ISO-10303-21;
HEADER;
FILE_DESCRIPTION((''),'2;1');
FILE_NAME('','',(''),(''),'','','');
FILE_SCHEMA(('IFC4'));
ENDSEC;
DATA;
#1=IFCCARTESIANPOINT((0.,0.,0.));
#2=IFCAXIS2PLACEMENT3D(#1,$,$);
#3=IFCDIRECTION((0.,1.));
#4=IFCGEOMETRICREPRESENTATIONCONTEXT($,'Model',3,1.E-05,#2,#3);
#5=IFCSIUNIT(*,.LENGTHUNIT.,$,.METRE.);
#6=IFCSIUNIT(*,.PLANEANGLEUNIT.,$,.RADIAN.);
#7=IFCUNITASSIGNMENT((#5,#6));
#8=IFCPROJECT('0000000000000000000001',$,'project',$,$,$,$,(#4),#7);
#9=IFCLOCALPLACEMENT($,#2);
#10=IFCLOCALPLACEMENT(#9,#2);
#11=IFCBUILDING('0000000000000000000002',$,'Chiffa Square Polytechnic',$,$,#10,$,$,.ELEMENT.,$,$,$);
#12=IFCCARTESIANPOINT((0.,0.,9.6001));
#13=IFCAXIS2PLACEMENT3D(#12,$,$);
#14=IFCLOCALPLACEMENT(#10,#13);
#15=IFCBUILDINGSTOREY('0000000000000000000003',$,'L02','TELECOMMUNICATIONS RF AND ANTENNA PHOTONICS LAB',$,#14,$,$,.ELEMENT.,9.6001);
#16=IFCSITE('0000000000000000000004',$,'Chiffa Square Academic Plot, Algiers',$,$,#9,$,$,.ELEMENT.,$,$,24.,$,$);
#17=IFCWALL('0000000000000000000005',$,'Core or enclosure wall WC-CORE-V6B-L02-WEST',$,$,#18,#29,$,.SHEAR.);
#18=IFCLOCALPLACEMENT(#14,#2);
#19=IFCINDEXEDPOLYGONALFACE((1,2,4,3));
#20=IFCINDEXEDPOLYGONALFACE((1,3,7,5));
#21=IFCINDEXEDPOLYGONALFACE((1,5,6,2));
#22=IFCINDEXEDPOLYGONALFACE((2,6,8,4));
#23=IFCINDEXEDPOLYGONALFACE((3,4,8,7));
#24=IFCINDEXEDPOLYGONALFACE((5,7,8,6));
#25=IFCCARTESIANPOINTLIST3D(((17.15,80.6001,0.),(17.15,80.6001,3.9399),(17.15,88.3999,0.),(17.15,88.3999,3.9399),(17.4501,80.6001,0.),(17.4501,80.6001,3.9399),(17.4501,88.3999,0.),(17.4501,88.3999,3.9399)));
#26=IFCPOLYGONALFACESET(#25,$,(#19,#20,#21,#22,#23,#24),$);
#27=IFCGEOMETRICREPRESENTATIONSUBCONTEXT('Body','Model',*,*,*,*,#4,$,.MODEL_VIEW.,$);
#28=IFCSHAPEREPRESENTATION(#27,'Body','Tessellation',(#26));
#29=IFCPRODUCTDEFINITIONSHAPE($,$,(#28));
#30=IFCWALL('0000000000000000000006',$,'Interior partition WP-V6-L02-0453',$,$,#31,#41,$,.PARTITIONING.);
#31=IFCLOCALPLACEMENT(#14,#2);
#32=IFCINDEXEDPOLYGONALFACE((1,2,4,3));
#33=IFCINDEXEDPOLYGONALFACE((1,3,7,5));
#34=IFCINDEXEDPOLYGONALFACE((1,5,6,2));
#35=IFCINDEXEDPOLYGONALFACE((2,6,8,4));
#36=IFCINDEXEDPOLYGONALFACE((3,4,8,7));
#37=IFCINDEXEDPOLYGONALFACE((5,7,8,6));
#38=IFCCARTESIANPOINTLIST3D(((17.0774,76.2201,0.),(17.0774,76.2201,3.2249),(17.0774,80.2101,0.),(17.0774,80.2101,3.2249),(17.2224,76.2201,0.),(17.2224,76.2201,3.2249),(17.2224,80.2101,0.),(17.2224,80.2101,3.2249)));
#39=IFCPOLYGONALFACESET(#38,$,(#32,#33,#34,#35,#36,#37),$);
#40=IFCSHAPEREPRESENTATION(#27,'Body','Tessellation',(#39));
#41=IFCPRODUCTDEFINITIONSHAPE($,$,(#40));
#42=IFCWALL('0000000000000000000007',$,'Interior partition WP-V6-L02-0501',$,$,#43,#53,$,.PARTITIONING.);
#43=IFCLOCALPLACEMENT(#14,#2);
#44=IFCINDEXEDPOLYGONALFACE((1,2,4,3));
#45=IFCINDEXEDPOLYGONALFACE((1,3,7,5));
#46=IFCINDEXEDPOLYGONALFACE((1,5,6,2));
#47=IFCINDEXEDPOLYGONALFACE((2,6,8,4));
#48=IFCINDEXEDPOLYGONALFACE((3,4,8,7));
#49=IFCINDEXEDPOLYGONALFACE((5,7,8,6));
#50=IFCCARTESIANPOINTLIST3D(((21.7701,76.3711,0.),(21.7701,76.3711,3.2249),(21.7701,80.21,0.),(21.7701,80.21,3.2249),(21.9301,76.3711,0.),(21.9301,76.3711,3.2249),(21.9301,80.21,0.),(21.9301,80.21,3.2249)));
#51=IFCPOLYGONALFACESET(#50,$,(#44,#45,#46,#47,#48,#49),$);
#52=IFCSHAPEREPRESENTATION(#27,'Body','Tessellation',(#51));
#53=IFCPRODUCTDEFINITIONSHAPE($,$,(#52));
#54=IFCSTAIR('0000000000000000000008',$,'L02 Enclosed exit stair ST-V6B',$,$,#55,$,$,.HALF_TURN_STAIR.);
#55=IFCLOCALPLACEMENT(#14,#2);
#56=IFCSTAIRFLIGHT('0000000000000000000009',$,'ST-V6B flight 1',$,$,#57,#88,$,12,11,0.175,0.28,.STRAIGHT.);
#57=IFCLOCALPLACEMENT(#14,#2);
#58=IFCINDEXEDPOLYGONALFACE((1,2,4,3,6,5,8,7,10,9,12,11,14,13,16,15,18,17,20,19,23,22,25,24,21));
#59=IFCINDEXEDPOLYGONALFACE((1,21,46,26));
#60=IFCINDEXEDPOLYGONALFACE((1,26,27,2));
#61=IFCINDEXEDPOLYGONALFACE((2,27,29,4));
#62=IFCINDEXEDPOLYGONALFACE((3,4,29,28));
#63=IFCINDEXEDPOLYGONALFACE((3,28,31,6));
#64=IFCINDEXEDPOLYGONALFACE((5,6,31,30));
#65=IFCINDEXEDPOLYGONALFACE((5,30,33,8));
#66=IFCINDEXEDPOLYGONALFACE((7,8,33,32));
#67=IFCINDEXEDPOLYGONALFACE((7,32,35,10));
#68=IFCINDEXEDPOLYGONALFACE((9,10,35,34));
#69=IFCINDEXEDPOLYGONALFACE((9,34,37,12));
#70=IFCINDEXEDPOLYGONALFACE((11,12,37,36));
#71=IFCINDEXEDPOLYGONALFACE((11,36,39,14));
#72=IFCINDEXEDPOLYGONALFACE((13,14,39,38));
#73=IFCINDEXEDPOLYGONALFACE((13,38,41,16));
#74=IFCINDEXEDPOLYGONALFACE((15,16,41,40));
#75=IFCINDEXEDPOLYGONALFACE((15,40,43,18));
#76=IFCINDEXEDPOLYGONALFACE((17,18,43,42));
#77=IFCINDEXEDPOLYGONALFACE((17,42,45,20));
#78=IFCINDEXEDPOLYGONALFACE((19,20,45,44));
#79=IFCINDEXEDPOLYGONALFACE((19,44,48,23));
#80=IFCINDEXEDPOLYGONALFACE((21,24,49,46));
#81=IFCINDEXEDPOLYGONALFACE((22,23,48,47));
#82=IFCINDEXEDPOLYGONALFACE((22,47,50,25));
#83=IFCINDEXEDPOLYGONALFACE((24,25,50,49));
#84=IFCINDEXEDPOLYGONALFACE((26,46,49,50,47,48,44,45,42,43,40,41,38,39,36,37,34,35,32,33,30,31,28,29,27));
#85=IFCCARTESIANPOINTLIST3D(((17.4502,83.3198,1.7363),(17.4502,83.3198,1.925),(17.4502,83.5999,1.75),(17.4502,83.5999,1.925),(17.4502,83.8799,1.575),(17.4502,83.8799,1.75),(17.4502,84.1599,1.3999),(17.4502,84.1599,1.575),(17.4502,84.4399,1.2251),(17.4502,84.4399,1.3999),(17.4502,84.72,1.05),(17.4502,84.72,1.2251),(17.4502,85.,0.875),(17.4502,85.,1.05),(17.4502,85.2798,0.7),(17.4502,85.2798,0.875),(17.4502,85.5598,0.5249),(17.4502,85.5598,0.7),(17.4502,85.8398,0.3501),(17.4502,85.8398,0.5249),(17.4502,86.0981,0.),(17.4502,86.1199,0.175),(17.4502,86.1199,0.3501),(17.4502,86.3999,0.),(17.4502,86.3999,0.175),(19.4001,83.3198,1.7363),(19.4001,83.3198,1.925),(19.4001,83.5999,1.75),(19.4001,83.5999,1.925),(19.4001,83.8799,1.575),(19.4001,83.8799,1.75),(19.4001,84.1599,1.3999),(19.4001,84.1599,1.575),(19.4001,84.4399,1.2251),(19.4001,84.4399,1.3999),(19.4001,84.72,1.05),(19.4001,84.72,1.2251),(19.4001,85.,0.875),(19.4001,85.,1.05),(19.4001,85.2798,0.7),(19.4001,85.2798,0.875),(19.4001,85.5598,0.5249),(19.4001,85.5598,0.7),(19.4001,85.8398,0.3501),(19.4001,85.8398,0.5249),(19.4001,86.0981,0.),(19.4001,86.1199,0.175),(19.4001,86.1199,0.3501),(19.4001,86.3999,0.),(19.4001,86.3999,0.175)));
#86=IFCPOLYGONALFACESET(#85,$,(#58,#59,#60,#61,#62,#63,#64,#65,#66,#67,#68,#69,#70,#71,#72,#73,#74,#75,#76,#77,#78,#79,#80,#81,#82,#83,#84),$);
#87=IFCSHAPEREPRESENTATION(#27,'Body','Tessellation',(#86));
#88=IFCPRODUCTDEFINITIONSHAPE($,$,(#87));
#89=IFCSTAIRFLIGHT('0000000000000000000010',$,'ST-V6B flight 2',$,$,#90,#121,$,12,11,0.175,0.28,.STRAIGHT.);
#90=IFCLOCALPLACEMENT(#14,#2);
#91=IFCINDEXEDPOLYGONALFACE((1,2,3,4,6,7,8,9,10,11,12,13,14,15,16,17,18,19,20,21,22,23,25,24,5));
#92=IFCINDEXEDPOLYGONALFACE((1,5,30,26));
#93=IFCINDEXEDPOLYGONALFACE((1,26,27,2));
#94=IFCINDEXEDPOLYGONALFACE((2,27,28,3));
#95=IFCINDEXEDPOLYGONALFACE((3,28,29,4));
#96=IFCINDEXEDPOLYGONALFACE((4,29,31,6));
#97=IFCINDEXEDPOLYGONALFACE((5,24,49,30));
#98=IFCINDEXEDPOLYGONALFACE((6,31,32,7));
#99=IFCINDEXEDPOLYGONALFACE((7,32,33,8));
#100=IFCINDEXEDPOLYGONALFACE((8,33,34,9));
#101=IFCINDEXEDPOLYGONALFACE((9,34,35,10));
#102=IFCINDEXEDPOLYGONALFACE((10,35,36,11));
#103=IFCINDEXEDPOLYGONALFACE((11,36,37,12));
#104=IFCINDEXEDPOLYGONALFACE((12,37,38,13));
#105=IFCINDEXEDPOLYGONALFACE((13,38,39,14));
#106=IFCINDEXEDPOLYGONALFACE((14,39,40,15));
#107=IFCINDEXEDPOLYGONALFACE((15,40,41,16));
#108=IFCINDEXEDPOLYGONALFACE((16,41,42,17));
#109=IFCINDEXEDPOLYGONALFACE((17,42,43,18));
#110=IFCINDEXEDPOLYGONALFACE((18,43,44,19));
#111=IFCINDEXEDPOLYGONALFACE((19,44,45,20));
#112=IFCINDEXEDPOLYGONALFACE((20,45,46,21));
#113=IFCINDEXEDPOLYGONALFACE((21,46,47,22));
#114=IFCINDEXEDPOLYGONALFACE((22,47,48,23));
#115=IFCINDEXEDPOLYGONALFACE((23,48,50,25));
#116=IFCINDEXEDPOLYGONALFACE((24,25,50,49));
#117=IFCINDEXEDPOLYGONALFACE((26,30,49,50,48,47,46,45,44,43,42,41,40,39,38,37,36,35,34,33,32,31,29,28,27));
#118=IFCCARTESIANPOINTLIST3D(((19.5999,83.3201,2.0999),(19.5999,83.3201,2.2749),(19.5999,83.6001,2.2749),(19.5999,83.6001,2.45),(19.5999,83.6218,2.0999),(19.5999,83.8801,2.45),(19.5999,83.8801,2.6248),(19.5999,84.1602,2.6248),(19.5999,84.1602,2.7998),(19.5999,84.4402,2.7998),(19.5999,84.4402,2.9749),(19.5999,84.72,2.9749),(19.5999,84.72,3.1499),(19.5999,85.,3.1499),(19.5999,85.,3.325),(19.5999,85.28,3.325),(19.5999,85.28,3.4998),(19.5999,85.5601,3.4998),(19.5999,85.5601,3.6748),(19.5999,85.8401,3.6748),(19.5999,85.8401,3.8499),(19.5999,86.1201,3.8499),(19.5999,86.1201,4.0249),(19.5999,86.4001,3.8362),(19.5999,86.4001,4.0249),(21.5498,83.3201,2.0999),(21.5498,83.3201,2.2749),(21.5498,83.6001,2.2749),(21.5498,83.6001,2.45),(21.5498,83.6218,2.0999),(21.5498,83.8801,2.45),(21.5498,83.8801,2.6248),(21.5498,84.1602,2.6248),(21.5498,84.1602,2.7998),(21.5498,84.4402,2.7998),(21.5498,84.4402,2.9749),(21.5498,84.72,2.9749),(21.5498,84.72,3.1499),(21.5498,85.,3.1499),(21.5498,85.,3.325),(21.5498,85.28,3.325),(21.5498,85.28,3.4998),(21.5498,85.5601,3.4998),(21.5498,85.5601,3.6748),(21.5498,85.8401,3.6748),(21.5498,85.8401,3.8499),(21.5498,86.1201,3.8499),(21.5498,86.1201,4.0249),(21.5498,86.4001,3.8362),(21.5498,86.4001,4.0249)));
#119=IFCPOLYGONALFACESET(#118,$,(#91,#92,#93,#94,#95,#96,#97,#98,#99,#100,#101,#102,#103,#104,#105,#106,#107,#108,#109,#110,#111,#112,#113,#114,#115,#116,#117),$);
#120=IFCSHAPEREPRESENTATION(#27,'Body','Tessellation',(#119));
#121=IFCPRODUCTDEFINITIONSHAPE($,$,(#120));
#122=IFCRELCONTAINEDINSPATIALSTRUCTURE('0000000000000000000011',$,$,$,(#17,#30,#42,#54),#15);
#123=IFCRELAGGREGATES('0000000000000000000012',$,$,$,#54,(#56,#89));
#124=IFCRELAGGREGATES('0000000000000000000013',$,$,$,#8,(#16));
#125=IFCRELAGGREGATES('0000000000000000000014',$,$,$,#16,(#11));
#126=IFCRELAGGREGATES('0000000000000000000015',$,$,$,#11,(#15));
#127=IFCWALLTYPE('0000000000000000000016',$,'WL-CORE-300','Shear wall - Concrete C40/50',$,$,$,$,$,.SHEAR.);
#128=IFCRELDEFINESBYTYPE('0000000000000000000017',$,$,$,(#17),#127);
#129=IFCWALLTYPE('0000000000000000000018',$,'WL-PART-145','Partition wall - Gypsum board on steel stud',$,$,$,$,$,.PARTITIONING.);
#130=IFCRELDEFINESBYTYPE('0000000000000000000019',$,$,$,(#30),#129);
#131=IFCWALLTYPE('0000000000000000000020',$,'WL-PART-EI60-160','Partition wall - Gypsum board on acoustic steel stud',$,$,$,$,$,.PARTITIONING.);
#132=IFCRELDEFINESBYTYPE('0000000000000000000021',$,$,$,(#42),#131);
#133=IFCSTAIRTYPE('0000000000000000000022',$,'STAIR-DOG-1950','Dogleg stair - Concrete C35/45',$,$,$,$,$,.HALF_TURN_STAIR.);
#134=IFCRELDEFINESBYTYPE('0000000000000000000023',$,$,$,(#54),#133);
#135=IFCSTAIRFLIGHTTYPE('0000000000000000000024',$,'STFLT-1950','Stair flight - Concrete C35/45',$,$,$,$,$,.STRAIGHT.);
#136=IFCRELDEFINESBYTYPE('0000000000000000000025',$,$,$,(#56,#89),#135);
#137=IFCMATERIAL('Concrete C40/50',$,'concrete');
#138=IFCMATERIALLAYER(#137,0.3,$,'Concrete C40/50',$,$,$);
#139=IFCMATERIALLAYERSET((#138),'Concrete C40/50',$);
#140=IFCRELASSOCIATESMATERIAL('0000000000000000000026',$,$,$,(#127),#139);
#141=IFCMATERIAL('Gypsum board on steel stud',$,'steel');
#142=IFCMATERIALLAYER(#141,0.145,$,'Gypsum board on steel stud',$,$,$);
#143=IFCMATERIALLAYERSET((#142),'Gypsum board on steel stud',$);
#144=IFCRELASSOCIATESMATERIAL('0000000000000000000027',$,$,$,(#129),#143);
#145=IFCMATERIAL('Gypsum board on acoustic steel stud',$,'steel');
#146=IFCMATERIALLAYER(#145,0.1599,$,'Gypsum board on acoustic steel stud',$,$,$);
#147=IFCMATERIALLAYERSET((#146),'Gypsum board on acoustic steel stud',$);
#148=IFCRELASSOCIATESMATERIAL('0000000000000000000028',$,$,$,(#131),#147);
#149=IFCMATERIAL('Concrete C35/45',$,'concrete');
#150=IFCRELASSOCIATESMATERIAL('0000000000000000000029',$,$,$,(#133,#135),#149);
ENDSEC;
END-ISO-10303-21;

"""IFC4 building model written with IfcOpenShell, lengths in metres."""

from ifc_helpers import new_model, si_unit, direction, frame, frame_2d, origin, place, context, subcontext, project, spatial, polyline, rectangle, outline, extrude, material, layer, layer_set, type_object, element, aggregate, save


model = new_model("IFC4")

# Units and contexts
model_context = context("Model", 3, precision=1e-05, world=origin(), true_north=direction((0.0, 1.0)))
body_context = subcontext(model_context, "Body", "Model", "MODEL_VIEW")
ifc_project = project(units=[si_unit("LENGTHUNIT", "METRE"), si_unit("PLANEANGLEUNIT", "RADIAN")], contexts=[model_context])

# Site, building, storey
site_placement = place(None, origin())
site = spatial("IfcSite", under=ifc_project, at=site_placement, Name="Chiffa Square Academic Plot, Algiers", CompositionType="ELEMENT", RefElevation=24.0)
building_placement = place(site_placement, origin())
building = spatial("IfcBuilding", under=site, at=building_placement, Name="Chiffa Square Polytechnic", CompositionType="ELEMENT")
storey_placement = place(building_placement, frame((0.0, 0.0, 9.6001)))
storey = spatial("IfcBuildingStorey", under=building, at=storey_placement, Name="L02", Description="TELECOMMUNICATIONS RF AND ANTENNA PHOTONICS LAB", CompositionType="ELEMENT", Elevation=9.6001)

# Shared definitions
ifc_material_1 = material(Name="Concrete C35/45", Category="concrete")

# Wall
ifc_material_2 = material(Name="Concrete C40/50", Category="concrete")
ifc_layer_1 = layer(ifc_material_2, 0.3, Name="Concrete C40/50")
ifc_layer_set_1 = layer_set([ifc_layer_1], Name="Concrete C40/50")
wall_type_1 = type_object("IfcWallType", Name="WL-CORE-300", Description="Shear wall - Concrete C40/50", PredefinedType="SHEAR", material=ifc_layer_set_1)
wall_1_placement = place(storey_placement, frame((17.3, 80.6001, 0.0), z_axis=(0.0, 0.0, 1.0), x_axis=(0.0, 1.0, 0.0)))
element("IfcWall", 1, at=wall_1_placement, inside=storey, type_object=wall_type_1, Name="Core or enclosure wall WC-CORE-V6B-L02-WEST", PredefinedType="SHEAR", context=body_context, shape_type="SweptSolid", body=[
    extrude(rectangle(XDim=7.7998, YDim=0.3, at=frame_2d((3.8999, 0.0))), origin(), (0.0, 0.0, 1.0), 3.9399),
])

# Walls
ifc_material_3 = material(Name="Gypsum board on steel stud", Category="steel")
ifc_layer_2 = layer(ifc_material_3, 0.145, Name="Gypsum board on steel stud")
ifc_layer_set_2 = layer_set([ifc_layer_2], Name="Gypsum board on steel stud")
wall_type_2 = type_object("IfcWallType", Name="WL-PART-145", Description="Partition wall - Gypsum board on steel stud", PredefinedType="PARTITIONING", material=ifc_layer_set_2)
wall_2_placement = place(storey_placement, frame((17.1499, 76.22, 0.0), z_axis=(0.0, 0.0, 1.0), x_axis=(0.0, 1.0, 0.0)))
element("IfcWall", 2, at=wall_2_placement, inside=storey, type_object=wall_type_2, Name="Interior partition WP-V6-L02-0453", PredefinedType="PARTITIONING", context=body_context, shape_type="SweptSolid", body=[
    extrude(rectangle(XDim=3.99, YDim=0.145, at=frame_2d((1.9951, 0.0))), origin(), (0.0, 0.0, 1.0), 3.2249),
])
ifc_material_4 = material(Name="Gypsum board on acoustic steel stud", Category="steel")
ifc_layer_3 = layer(ifc_material_4, 0.1599, Name="Gypsum board on acoustic steel stud")
ifc_layer_set_3 = layer_set([ifc_layer_3], Name="Gypsum board on acoustic steel stud")
wall_type_3 = type_object("IfcWallType", Name="WL-PART-EI60-160", Description="Partition wall - Gypsum board on acoustic steel stud", PredefinedType="PARTITIONING", material=ifc_layer_set_3)
wall_3_placement = place(storey_placement, frame((21.8501, 76.3711, 0.0), z_axis=(0.0, 0.0, 1.0), x_axis=(0.0, 1.0, 0.0)))
element("IfcWall", 3, at=wall_3_placement, inside=storey, type_object=wall_type_3, Name="Interior partition WP-V6-L02-0501", PredefinedType="PARTITIONING", context=body_context, shape_type="SweptSolid", body=[
    extrude(rectangle(XDim=3.8389, YDim=0.1599, at=frame_2d((1.9194, 0.0))), origin(), (0.0, 0.0, 1.0), 3.2249),
])

# Stair, stair flights
stair_type = type_object("IfcStairType", Name="STAIR-DOG-1950", Description="Dogleg stair - Concrete C35/45", PredefinedType="HALF_TURN_STAIR", material=ifc_material_1)
stair_placement = place(storey_placement, origin())
stair = element("IfcStair", 4, at=stair_placement, inside=storey, type_object=stair_type, Name="L02 Enclosed exit stair ST-V6B", PredefinedType="HALF_TURN_STAIR")
stair_flight_type = type_object("IfcStairFlightType", Name="STFLT-1950", Description="Stair flight - Concrete C35/45", PredefinedType="STRAIGHT", material=ifc_material_1)
stair_flight_1_placement = place(storey_placement, frame((18.425, 86.3999, 0.0), z_axis=(0.0, 0.0, 1.0), x_axis=(0.0, -1.0, 0.0)))
stair_flight_1 = element("IfcStairFlight", 5, at=stair_flight_1_placement, type_object=stair_flight_type, Name="ST-V6B flight 1", NumberOfRisers=12, NumberOfTreads=11, PredefinedType="STRAIGHT", RiserHeight=0.175, TreadLength=0.28, context=body_context, shape_type="SweptSolid", body=[
    extrude(outline(polyline([(0.0, 0.0), (0.0, 0.175), (0.28, 0.175), (0.28, 0.3501), (0.5601, 0.3501), (0.5601, 0.5249), (0.8401, 0.5249), (0.8401, 0.7), (1.1201, 0.7), (1.1201, 0.875), (1.3999, 0.875), (1.3999, 1.05), (1.6799, 1.05), (1.6799, 1.2251), (1.96, 1.2251), (1.96, 1.3999), (2.24, 1.3999), (2.24, 1.575), (2.52, 1.575), (2.52, 1.75), (2.8, 1.75), (2.8, 1.925), (3.0801, 1.925), (3.0801, 2.1001), (3.0801, 1.7363), (0.3018, 0.0), (0.0, 0.0)])), frame((0.0, 0.9751, 0.0), z_axis=(0.0, -1.0, 0.0), x_axis=(1.0, 0.0, 0.0)), (0.0, 0.0, 1.0), 1.95),
])
stair_flight_2_placement = place(storey_placement, frame((20.575, 83.3201, 2.0999), z_axis=(0.0, 0.0, 1.0), x_axis=(0.0, 1.0, 0.0)))
stair_flight_2 = element("IfcStairFlight", 6, at=stair_flight_2_placement, type_object=stair_flight_type, Name="ST-V6B flight 2", NumberOfRisers=12, NumberOfTreads=11, PredefinedType="STRAIGHT", RiserHeight=0.175, TreadLength=0.28, context=body_context, shape_type="SweptSolid", body=[
    extrude(outline(polyline([(0.0, 0.0), (0.0, 0.175), (0.28, 0.175), (0.28, 0.3501), (0.5601, 0.3501), (0.5601, 0.5249), (0.8401, 0.5249), (0.8401, 0.7), (1.1201, 0.7), (1.1201, 0.875), (1.3999, 0.875), (1.3999, 1.05), (1.6799, 1.05), (1.6799, 1.2251), (1.96, 1.2251), (1.96, 1.3999), (2.24, 1.3999), (2.24, 1.575), (2.52, 1.575), (2.52, 1.75), (2.8, 1.75), (2.8, 1.925), (3.0801, 1.925), (3.0801, 2.1001), (3.0801, 1.7363), (0.3018, 0.0), (0.0, 0.0)])), frame((0.0, 0.9751, 0.0), z_axis=(0.0, -1.0, 0.0), x_axis=(1.0, 0.0, 0.0)), (0.0, 0.0, 1.0), 1.95),
])
aggregate(stair, [stair_flight_1, stair_flight_2])

save(model, "model.ifc")
